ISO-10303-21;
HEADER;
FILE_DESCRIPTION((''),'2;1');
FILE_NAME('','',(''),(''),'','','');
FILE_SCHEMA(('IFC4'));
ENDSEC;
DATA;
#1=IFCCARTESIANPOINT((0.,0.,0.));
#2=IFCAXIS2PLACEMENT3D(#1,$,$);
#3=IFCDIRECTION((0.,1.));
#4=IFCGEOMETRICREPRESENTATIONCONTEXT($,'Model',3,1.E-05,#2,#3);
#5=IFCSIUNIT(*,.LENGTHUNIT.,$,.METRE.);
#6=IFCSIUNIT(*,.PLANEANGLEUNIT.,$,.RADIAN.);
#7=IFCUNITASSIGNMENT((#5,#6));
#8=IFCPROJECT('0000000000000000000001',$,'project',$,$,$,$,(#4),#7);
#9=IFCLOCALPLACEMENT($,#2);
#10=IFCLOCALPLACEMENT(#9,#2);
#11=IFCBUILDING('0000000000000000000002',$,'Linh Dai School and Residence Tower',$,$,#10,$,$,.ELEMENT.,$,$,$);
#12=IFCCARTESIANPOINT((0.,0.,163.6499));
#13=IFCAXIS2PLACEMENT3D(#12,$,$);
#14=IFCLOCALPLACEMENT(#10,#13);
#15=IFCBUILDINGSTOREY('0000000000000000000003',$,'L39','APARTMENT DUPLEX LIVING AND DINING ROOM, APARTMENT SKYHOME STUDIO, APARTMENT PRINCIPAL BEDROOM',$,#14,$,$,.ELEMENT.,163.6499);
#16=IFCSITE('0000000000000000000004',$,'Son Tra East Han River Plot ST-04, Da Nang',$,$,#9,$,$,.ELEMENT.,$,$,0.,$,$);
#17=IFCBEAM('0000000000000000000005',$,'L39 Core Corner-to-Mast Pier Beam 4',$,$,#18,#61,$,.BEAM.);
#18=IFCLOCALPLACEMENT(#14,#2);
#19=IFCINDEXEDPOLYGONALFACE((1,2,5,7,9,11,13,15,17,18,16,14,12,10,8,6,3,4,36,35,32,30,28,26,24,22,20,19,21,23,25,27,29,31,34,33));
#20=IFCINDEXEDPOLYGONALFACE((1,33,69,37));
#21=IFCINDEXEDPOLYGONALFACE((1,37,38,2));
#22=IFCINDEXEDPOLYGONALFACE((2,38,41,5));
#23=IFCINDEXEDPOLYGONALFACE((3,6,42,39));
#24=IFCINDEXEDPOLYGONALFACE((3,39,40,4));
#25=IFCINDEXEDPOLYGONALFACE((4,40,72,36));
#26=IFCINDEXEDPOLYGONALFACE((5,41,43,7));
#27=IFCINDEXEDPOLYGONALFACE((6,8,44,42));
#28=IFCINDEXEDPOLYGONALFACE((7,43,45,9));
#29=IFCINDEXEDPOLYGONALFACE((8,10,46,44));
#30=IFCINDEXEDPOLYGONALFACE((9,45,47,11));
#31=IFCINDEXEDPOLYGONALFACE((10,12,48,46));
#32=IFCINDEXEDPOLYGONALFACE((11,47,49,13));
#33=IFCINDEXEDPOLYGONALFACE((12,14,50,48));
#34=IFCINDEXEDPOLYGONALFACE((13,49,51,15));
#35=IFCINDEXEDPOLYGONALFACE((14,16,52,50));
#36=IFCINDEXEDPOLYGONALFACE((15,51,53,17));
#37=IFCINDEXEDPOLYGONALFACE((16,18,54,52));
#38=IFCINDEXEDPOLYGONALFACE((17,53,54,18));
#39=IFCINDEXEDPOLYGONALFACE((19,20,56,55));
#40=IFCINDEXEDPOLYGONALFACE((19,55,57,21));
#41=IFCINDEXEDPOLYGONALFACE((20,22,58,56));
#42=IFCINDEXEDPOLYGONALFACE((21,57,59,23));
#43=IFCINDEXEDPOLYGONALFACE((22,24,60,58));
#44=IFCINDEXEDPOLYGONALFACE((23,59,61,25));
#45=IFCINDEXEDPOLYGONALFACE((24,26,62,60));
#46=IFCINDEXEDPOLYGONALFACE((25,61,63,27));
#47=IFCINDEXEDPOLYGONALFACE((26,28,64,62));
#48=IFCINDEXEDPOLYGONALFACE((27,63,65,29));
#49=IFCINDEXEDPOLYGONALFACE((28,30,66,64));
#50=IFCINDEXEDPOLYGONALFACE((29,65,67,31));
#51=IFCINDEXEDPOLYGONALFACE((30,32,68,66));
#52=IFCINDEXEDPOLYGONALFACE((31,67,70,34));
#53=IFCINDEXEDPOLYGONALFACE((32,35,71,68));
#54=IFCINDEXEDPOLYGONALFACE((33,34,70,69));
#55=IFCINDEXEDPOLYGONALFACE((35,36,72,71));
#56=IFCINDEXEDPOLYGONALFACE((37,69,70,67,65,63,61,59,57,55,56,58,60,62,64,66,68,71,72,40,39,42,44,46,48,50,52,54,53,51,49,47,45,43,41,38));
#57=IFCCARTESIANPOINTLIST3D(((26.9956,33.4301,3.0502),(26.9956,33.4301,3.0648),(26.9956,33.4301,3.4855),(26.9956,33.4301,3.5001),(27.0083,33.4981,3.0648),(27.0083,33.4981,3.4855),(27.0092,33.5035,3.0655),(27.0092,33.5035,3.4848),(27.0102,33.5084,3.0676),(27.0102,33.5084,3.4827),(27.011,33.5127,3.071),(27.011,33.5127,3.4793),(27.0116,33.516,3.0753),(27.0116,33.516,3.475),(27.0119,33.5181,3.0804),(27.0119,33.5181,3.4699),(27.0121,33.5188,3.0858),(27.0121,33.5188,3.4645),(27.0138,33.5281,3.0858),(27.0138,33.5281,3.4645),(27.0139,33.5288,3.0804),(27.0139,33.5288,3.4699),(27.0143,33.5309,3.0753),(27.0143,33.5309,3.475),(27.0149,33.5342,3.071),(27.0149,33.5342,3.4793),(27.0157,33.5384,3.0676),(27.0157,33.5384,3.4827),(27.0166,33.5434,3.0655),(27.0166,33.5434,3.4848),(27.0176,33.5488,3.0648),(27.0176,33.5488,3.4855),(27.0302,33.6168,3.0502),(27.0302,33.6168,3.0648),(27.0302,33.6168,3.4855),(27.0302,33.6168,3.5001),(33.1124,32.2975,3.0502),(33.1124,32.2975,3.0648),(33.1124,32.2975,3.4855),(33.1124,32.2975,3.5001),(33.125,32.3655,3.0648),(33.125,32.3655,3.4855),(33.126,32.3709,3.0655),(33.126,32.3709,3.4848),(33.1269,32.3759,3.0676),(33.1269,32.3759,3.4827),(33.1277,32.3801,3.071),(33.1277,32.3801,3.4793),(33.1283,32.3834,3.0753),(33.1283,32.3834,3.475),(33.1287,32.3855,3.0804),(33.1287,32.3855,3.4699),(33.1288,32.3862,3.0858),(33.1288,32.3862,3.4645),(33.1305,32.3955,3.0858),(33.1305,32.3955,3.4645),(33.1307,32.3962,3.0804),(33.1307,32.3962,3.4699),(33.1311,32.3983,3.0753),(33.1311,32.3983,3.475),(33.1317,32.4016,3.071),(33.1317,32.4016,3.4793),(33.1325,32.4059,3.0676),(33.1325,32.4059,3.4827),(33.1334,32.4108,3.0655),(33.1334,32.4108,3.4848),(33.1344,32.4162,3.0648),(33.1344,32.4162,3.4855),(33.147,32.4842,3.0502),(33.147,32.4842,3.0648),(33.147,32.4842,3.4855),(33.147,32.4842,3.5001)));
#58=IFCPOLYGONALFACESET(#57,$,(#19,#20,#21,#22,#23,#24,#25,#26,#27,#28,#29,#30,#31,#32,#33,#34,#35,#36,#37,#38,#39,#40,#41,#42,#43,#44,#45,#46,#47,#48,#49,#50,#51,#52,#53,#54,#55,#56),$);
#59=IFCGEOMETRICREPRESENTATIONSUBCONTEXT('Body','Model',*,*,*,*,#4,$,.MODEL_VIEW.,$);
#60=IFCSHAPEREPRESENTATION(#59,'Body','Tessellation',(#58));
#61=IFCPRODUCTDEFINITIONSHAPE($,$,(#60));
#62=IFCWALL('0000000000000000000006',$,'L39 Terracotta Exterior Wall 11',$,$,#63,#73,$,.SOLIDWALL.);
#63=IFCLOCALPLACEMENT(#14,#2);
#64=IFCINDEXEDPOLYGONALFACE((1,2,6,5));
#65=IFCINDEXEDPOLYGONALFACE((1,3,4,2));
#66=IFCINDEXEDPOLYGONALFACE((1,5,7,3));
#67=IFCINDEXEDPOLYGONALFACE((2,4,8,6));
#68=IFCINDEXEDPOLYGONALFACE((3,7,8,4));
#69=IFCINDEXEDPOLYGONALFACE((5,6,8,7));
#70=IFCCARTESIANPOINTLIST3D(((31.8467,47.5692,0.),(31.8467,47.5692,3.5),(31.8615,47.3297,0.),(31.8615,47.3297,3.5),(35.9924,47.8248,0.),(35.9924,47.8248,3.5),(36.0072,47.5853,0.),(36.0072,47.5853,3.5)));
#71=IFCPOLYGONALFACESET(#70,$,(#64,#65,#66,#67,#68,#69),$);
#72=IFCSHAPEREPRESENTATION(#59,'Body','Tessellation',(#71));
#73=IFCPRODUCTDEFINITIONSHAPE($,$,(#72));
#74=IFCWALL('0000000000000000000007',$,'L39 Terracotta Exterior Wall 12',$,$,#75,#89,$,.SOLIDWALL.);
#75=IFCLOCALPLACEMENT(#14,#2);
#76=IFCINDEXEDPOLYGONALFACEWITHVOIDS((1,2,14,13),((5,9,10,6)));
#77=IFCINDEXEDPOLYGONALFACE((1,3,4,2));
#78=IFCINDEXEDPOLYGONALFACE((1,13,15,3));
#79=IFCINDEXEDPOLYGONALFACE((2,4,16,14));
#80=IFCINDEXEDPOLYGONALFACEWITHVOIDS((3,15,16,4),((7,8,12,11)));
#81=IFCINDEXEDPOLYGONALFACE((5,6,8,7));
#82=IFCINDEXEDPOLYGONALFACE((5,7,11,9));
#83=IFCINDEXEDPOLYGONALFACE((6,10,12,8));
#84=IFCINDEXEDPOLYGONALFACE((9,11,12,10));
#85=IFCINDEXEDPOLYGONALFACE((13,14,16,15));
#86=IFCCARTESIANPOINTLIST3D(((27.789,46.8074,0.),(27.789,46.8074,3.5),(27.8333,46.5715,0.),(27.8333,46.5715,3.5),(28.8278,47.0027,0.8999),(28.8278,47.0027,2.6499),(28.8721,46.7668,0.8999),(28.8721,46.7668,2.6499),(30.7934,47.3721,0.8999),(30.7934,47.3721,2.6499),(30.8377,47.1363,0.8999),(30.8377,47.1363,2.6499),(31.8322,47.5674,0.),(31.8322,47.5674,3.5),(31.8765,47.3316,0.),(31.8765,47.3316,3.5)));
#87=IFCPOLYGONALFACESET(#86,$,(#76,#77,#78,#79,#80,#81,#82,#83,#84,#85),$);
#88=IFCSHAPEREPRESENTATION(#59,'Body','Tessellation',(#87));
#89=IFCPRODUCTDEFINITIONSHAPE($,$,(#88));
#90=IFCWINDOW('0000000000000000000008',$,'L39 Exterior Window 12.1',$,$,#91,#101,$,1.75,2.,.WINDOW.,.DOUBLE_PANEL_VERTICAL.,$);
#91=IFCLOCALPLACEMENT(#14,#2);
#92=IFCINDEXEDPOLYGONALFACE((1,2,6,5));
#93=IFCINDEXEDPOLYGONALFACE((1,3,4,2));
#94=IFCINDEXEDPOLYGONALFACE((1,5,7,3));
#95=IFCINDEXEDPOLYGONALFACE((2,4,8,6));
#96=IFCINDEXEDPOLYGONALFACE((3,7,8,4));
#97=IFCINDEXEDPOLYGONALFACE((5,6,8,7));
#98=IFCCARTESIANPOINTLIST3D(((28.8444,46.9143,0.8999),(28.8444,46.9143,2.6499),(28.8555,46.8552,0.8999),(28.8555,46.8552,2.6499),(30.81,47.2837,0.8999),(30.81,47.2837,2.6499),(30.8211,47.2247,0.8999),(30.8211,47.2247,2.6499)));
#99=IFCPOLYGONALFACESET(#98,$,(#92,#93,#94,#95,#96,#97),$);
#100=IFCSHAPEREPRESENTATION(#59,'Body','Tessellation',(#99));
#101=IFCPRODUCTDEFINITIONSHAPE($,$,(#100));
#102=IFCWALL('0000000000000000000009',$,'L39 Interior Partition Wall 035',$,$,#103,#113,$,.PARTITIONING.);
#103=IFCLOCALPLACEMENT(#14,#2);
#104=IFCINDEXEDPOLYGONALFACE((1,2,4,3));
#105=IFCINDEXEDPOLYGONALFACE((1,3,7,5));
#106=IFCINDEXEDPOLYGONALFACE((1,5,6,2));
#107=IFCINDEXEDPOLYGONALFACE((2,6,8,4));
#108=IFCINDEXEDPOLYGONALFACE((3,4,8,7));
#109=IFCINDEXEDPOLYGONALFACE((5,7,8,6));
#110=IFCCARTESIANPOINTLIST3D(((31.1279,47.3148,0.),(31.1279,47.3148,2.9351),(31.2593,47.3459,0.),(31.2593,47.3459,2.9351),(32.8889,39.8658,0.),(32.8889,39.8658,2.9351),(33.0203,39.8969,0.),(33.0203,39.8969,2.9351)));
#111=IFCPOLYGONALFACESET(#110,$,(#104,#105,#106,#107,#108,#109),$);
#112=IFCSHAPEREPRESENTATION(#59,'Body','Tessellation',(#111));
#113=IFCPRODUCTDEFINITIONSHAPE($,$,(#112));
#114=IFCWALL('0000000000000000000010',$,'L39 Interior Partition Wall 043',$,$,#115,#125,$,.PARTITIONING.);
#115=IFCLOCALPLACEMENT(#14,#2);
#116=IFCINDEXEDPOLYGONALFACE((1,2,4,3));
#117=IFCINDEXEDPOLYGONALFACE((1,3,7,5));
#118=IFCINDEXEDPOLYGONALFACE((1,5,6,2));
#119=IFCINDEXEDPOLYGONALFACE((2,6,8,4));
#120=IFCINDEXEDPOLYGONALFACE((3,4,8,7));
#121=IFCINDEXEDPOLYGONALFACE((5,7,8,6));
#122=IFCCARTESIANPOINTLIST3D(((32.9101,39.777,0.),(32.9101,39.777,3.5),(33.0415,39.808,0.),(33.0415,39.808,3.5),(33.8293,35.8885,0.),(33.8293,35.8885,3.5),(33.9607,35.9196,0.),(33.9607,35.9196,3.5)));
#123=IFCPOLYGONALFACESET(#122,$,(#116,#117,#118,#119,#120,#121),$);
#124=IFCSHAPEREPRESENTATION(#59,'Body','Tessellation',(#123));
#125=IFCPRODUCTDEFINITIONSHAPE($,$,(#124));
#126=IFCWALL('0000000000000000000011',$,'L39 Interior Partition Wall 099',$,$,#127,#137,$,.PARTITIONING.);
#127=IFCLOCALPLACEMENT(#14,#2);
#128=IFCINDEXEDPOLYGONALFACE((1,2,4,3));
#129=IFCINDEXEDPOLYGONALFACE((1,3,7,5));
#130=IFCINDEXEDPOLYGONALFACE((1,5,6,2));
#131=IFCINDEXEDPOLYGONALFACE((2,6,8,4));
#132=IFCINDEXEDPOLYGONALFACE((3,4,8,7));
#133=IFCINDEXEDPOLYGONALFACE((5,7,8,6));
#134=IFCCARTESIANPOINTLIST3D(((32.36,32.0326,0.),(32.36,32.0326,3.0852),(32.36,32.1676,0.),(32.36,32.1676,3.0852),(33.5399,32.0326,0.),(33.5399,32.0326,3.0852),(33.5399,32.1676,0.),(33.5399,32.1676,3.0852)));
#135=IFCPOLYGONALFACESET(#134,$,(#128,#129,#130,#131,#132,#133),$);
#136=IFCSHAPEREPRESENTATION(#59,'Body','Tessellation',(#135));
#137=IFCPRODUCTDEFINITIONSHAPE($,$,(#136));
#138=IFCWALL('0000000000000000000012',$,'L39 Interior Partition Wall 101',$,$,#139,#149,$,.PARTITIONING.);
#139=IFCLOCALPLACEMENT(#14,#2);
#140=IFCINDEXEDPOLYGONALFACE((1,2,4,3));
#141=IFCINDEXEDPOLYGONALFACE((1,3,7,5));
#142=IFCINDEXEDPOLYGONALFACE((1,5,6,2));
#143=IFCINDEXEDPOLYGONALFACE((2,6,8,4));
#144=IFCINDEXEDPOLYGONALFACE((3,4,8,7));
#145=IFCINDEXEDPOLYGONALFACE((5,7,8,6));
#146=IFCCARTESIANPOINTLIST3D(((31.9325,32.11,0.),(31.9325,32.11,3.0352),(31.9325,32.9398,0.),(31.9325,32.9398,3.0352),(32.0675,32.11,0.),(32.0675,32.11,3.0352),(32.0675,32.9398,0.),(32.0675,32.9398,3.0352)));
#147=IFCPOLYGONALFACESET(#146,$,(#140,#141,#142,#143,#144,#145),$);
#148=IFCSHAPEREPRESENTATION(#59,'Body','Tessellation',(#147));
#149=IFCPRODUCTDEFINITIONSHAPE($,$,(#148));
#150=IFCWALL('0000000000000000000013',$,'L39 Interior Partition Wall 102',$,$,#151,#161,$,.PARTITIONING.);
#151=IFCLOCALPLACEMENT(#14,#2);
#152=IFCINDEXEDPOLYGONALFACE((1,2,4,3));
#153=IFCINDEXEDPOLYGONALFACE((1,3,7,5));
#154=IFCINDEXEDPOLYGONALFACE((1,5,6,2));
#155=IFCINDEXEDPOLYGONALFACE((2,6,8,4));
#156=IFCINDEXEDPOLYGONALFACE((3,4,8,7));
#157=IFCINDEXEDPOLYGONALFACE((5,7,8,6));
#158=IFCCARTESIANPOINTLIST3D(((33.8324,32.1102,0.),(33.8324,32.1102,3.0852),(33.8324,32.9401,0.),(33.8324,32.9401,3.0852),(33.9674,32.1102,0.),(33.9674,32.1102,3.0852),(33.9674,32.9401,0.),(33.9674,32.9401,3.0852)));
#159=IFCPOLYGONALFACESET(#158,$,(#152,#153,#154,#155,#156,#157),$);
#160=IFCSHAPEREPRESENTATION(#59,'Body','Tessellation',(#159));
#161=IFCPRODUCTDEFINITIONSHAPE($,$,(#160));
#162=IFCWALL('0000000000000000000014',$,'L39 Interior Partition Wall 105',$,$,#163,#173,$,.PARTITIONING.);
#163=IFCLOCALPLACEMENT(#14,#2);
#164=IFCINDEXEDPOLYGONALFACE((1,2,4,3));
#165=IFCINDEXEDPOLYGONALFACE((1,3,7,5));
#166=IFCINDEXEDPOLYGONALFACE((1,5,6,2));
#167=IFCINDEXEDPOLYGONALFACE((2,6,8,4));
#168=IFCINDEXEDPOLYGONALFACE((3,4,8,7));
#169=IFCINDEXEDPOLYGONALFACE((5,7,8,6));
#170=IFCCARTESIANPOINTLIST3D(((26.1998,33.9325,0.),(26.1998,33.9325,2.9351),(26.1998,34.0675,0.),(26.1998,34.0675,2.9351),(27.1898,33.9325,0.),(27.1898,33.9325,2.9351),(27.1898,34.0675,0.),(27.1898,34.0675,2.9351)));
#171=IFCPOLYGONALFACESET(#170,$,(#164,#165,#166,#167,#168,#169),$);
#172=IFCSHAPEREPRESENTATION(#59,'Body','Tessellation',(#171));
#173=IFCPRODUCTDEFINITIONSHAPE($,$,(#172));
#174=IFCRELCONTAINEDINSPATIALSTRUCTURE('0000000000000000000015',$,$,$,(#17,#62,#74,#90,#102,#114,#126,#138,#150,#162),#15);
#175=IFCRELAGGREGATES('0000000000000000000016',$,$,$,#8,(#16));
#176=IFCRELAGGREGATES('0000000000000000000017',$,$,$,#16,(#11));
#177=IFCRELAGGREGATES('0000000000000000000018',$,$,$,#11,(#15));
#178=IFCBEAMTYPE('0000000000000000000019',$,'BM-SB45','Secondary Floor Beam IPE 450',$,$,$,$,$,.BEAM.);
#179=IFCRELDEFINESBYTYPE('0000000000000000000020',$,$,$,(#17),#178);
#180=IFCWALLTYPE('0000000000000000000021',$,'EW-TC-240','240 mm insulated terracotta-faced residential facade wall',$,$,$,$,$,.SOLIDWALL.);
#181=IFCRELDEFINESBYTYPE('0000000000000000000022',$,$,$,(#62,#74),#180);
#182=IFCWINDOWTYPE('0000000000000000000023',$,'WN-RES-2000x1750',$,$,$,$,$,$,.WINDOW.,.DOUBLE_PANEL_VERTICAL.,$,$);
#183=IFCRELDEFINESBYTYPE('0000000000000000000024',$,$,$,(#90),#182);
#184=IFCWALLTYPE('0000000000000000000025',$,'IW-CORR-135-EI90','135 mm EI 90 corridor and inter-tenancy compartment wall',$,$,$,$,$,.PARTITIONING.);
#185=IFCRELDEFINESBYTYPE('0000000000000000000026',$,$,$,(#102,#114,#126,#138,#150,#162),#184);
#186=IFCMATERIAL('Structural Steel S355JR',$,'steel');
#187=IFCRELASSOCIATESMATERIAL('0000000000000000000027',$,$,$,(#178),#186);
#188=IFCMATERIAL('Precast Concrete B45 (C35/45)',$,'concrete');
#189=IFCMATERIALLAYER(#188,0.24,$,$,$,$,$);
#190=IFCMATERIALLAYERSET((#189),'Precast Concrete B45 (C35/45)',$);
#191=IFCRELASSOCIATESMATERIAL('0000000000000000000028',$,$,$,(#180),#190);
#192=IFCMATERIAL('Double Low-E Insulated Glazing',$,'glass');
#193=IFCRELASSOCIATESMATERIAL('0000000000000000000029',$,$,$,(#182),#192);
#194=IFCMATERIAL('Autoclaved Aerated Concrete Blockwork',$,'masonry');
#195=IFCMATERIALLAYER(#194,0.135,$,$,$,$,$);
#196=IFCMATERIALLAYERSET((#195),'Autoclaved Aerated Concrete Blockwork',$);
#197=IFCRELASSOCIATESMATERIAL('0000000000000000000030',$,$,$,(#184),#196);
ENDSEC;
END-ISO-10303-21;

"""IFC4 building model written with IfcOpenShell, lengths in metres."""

from ifc_helpers import new_model, si_unit, direction, frame, frame_2d, origin, origin_2d, place, context, subcontext, project, spatial, rectangle, i_section, extrude, source, transform, mapped, material, layer, layer_set, material_profile, profile_set, type_object, element, fill, save


model = new_model("IFC4")

# Units and contexts
model_context = context("Model", 3, precision=1e-05, world=origin(), true_north=direction((0.0, 1.0)))
body_context = subcontext(model_context, "Body", "Model", "MODEL_VIEW")
ifc_project = project(units=[si_unit("LENGTHUNIT", "METRE"), si_unit("PLANEANGLEUNIT", "RADIAN")], contexts=[model_context])

# Site, building, storey
site_placement = place(None, origin())
site = spatial("IfcSite", under=ifc_project, at=site_placement, Name="Son Tra East Han River Plot ST-04, Da Nang", CompositionType="ELEMENT", RefElevation=0.0)
building_placement = place(site_placement, origin())
building = spatial("IfcBuilding", under=site, at=building_placement, Name="Linh Dai School and Residence Tower", CompositionType="ELEMENT")
storey_placement = place(building_placement, frame((0.0, 0.0, 163.6499)))
storey = spatial("IfcBuildingStorey", under=building, at=storey_placement, Name="L39", Description="APARTMENT DUPLEX LIVING AND DINING ROOM, APARTMENT SKYHOME STUDIO, APARTMENT PRINCIPAL BEDROOM", CompositionType="ELEMENT", Elevation=163.6499)

# Shared definitions
ifc_material_1 = material(Name="Structural Steel S355JR", Category="steel")

# Beam
ifc_material_profile_1 = material_profile(ifc_material_1, i_section(OverallWidth=0.1899, OverallDepth=0.45, WebThickness=0.0095, FlangeThickness=0.0146, FilletRadius=0.021, at=origin_2d()), Name="IPE 450")
ifc_profile_set_1 = profile_set([ifc_material_profile_1], Name="Structural Steel S355JR")
beam_type_1 = type_object("IfcBeamType", Name="BM-SB45", Description="Secondary Floor Beam IPE 450", PredefinedType="BEAM", material=ifc_profile_set_1)
beam_1_placement = place(storey_placement, frame((27.0129, 33.5234, 3.2751), z_axis=(0.983286, -0.182065, 0.0), x_axis=(0.182065, 0.983286, 0.0)))
element("IfcBeam", 1, at=beam_1_placement, inside=storey, type_object=beam_type_1, Name="L39 Core Corner-to-Mast Pier Beam 4", PredefinedType="BEAM", context=body_context, shape_type="SweptSolid", body=[
    extrude(i_section(OverallWidth=0.1899, OverallDepth=0.45, WebThickness=0.0095, FlangeThickness=0.0146, FilletRadius=0.021, at=origin_2d()), origin(), (0.0, 0.0, 1.0), 6.2207),
])

# Wall
ifc_material_2 = material(Name="Precast Concrete B45 (C35/45)", Category="concrete")
ifc_layer_1 = layer(ifc_material_2, 0.24)
ifc_layer_set_1 = layer_set([ifc_layer_1], Name="Precast Concrete B45 (C35/45)")
wall_type_1 = type_object("IfcWallType", Name="EW-TC-240", Description="240 mm insulated terracotta-faced residential facade wall", PredefinedType="SOLIDWALL", material=ifc_layer_set_1)
wall_1_placement = place(storey_placement, frame((31.8542, 47.4495, 0.0), z_axis=(0.0, 0.0, 1.0), x_axis=(0.998105, 0.06154, 0.0)))
element("IfcWall", 2, at=wall_1_placement, inside=storey, type_object=wall_type_1, Name="L39 Terracotta Exterior Wall 11", PredefinedType="SOLIDWALL", context=body_context, shape_type="SweptSolid", body=[
    extrude(rectangle(XDim=4.1536, YDim=0.24, at=frame_2d((2.0767, 0.0))), origin(), (0.0, 0.0, 1.0), 3.5),
])

# Wall, opening, window
wall_2_placement = place(storey_placement, frame((27.811, 46.6895, 0.0), z_axis=(0.0, 0.0, 1.0), x_axis=(0.982788, 0.184736, 0.0)))
wall_2 = element("IfcWall", 3, at=wall_2_placement, inside=storey, type_object=wall_type_1, Name="L39 Terracotta Exterior Wall 12", PredefinedType="SOLIDWALL", context=body_context, shape_type="SweptSolid", body=[
    extrude(rectangle(XDim=4.114, YDim=0.24, at=frame_2d((2.0571, 0.0))), origin(), (0.0, 0.0, 1.0), 3.5),
])
opening_1_placement = place(wall_2_placement, frame((1.0571, 0.0, 0.8999)))
opening_1 = element("IfcOpeningElement", 4, at=opening_1_placement, cuts=wall_2, PredefinedType="OPENING", context=body_context, shape_type="SweptSolid", body=[
    extrude(rectangle(XDim=2.0, YDim=1.75, at=origin_2d()), frame((1.0, 0.1299, 0.875), z_axis=(0.0, -1.0, 0.0), x_axis=(1.0, 0.0, 0.0)), (0.0, 0.0, 1.0), 0.26),
])
ifc_material_3 = material(Name="Double Low-E Insulated Glazing", Category="glass")
window_type = type_object("IfcWindowType", Name="WN-RES-2000x1750", PartitioningType="DOUBLE_PANEL_VERTICAL", PredefinedType="WINDOW", material=ifc_material_3)
shared_shape_1 = source(origin(), body_context, "Body", "SweptSolid", [
    extrude(rectangle(XDim=2.0, YDim=1.75, at=origin_2d()), frame((1.0, 0.03, 0.875), z_axis=(0.0, -1.0, 0.0), x_axis=(1.0, 0.0, 0.0)), (0.0, 0.0, 1.0), 0.0601),
])
window_placement = place(opening_1_placement, origin())
window = element("IfcWindow", 5, at=window_placement, inside=storey, type_object=window_type, Name="L39 Exterior Window 12.1", OverallHeight=1.75, OverallWidth=2.0, PartitioningType="DOUBLE_PANEL_VERTICAL", PredefinedType="WINDOW", context=body_context, shape_type="MappedRepresentation", body=[
    mapped(shared_shape_1, transform((0.0, 0.0, 0.0), x_axis=(1.0, 0.0, 0.0), y_axis=(0.0, 1.0, 0.0), z_axis=(0.0, 0.0, 1.0), scale=1.0)),
])
fill(opening_1, window)

# Walls
ifc_material_4 = material(Name="Autoclaved Aerated Concrete Blockwork", Category="masonry")
ifc_layer_2 = layer(ifc_material_4, 0.135)
ifc_layer_set_2 = layer_set([ifc_layer_2], Name="Autoclaved Aerated Concrete Blockwork")
wall_type_2 = type_object("IfcWallType", Name="IW-CORR-135-EI90", Description="135 mm EI 90 corridor and inter-tenancy compartment wall", PredefinedType="PARTITIONING", material=ifc_layer_set_2)
wall_3_placement = place(storey_placement, frame((31.1936, 47.3303, 0.0), z_axis=(0.0, 0.0, 1.0), x_axis=(0.230065, -0.973175, 0.0)))
element("IfcWall", 6, at=wall_3_placement, inside=storey, type_object=wall_type_2, Name="L39 Interior Partition Wall 035", PredefinedType="PARTITIONING", context=body_context, shape_type="SweptSolid", body=[
    extrude(rectangle(XDim=7.6543, YDim=0.135, at=frame_2d((3.8271, 0.0))), origin(), (0.0, 0.0, 1.0), 2.9351),
])
wall_4_placement = place(storey_placement, frame((32.9758, 39.7925, 0.0), z_axis=(0.0, 0.0, 1.0), x_axis=(0.230051, -0.973179, 0.0)))
element("IfcWall", 7, at=wall_4_placement, inside=storey, type_object=wall_type_2, Name="L39 Interior Partition Wall 043", PredefinedType="PARTITIONING", context=body_context, shape_type="SweptSolid", body=[
    extrude(rectangle(XDim=3.9956, YDim=0.135, at=frame_2d((1.9978, 0.0))), origin(), (0.0, 0.0, 1.0), 3.5),
])
wall_5_placement = place(storey_placement, frame((32.3601, 32.1001, 0.0), z_axis=(0.0, 0.0, 1.0), x_axis=(1.0, 0.0, 0.0)))
element("IfcWall", 8, at=wall_5_placement, inside=storey, type_object=wall_type_2, Name="L39 Interior Partition Wall 099", PredefinedType="PARTITIONING", context=body_context, shape_type="SweptSolid", body=[
    extrude(rectangle(XDim=1.1799, YDim=0.135, at=frame_2d((0.5898, 0.0))), origin(), (0.0, 0.0, 1.0), 3.0852),
])
wall_6_placement = place(storey_placement, frame((32.0, 32.9399, 0.0), z_axis=(0.0, 0.0, 1.0), x_axis=(0.0, -1.0, 0.0)))
element("IfcWall", 9, at=wall_6_placement, inside=storey, type_object=wall_type_2, Name="L39 Interior Partition Wall 101", PredefinedType="PARTITIONING", context=body_context, shape_type="SweptSolid", body=[
    extrude(rectangle(XDim=0.8298, YDim=0.135, at=frame_2d((0.415, 0.0))), origin(), (0.0, 0.0, 1.0), 3.0352),
])
wall_7_placement = place(storey_placement, frame((33.8999, 32.1101, 0.0), z_axis=(0.0, 0.0, 1.0), x_axis=(0.0, 1.0, 0.0)))
element("IfcWall", 10, at=wall_7_placement, inside=storey, type_object=wall_type_2, Name="L39 Interior Partition Wall 102", PredefinedType="PARTITIONING", context=body_context, shape_type="SweptSolid", body=[
    extrude(rectangle(XDim=0.8298, YDim=0.135, at=frame_2d((0.415, 0.0))), origin(), (0.0, 0.0, 1.0), 3.0852),
])
wall_8_placement = place(storey_placement, frame((27.1899, 34.0, 0.0), z_axis=(0.0, 0.0, 1.0), x_axis=(-1.0, 0.0, 0.0)))
element("IfcWall", 11, at=wall_8_placement, inside=storey, type_object=wall_type_2, Name="L39 Interior Partition Wall 105", PredefinedType="PARTITIONING", context=body_context, shape_type="SweptSolid", body=[
    extrude(rectangle(XDim=0.99, YDim=0.135, at=frame_2d((0.4951, 0.0))), origin(), (0.0, 0.0, 1.0), 2.9351),
])

save(model, "model.ifc")
